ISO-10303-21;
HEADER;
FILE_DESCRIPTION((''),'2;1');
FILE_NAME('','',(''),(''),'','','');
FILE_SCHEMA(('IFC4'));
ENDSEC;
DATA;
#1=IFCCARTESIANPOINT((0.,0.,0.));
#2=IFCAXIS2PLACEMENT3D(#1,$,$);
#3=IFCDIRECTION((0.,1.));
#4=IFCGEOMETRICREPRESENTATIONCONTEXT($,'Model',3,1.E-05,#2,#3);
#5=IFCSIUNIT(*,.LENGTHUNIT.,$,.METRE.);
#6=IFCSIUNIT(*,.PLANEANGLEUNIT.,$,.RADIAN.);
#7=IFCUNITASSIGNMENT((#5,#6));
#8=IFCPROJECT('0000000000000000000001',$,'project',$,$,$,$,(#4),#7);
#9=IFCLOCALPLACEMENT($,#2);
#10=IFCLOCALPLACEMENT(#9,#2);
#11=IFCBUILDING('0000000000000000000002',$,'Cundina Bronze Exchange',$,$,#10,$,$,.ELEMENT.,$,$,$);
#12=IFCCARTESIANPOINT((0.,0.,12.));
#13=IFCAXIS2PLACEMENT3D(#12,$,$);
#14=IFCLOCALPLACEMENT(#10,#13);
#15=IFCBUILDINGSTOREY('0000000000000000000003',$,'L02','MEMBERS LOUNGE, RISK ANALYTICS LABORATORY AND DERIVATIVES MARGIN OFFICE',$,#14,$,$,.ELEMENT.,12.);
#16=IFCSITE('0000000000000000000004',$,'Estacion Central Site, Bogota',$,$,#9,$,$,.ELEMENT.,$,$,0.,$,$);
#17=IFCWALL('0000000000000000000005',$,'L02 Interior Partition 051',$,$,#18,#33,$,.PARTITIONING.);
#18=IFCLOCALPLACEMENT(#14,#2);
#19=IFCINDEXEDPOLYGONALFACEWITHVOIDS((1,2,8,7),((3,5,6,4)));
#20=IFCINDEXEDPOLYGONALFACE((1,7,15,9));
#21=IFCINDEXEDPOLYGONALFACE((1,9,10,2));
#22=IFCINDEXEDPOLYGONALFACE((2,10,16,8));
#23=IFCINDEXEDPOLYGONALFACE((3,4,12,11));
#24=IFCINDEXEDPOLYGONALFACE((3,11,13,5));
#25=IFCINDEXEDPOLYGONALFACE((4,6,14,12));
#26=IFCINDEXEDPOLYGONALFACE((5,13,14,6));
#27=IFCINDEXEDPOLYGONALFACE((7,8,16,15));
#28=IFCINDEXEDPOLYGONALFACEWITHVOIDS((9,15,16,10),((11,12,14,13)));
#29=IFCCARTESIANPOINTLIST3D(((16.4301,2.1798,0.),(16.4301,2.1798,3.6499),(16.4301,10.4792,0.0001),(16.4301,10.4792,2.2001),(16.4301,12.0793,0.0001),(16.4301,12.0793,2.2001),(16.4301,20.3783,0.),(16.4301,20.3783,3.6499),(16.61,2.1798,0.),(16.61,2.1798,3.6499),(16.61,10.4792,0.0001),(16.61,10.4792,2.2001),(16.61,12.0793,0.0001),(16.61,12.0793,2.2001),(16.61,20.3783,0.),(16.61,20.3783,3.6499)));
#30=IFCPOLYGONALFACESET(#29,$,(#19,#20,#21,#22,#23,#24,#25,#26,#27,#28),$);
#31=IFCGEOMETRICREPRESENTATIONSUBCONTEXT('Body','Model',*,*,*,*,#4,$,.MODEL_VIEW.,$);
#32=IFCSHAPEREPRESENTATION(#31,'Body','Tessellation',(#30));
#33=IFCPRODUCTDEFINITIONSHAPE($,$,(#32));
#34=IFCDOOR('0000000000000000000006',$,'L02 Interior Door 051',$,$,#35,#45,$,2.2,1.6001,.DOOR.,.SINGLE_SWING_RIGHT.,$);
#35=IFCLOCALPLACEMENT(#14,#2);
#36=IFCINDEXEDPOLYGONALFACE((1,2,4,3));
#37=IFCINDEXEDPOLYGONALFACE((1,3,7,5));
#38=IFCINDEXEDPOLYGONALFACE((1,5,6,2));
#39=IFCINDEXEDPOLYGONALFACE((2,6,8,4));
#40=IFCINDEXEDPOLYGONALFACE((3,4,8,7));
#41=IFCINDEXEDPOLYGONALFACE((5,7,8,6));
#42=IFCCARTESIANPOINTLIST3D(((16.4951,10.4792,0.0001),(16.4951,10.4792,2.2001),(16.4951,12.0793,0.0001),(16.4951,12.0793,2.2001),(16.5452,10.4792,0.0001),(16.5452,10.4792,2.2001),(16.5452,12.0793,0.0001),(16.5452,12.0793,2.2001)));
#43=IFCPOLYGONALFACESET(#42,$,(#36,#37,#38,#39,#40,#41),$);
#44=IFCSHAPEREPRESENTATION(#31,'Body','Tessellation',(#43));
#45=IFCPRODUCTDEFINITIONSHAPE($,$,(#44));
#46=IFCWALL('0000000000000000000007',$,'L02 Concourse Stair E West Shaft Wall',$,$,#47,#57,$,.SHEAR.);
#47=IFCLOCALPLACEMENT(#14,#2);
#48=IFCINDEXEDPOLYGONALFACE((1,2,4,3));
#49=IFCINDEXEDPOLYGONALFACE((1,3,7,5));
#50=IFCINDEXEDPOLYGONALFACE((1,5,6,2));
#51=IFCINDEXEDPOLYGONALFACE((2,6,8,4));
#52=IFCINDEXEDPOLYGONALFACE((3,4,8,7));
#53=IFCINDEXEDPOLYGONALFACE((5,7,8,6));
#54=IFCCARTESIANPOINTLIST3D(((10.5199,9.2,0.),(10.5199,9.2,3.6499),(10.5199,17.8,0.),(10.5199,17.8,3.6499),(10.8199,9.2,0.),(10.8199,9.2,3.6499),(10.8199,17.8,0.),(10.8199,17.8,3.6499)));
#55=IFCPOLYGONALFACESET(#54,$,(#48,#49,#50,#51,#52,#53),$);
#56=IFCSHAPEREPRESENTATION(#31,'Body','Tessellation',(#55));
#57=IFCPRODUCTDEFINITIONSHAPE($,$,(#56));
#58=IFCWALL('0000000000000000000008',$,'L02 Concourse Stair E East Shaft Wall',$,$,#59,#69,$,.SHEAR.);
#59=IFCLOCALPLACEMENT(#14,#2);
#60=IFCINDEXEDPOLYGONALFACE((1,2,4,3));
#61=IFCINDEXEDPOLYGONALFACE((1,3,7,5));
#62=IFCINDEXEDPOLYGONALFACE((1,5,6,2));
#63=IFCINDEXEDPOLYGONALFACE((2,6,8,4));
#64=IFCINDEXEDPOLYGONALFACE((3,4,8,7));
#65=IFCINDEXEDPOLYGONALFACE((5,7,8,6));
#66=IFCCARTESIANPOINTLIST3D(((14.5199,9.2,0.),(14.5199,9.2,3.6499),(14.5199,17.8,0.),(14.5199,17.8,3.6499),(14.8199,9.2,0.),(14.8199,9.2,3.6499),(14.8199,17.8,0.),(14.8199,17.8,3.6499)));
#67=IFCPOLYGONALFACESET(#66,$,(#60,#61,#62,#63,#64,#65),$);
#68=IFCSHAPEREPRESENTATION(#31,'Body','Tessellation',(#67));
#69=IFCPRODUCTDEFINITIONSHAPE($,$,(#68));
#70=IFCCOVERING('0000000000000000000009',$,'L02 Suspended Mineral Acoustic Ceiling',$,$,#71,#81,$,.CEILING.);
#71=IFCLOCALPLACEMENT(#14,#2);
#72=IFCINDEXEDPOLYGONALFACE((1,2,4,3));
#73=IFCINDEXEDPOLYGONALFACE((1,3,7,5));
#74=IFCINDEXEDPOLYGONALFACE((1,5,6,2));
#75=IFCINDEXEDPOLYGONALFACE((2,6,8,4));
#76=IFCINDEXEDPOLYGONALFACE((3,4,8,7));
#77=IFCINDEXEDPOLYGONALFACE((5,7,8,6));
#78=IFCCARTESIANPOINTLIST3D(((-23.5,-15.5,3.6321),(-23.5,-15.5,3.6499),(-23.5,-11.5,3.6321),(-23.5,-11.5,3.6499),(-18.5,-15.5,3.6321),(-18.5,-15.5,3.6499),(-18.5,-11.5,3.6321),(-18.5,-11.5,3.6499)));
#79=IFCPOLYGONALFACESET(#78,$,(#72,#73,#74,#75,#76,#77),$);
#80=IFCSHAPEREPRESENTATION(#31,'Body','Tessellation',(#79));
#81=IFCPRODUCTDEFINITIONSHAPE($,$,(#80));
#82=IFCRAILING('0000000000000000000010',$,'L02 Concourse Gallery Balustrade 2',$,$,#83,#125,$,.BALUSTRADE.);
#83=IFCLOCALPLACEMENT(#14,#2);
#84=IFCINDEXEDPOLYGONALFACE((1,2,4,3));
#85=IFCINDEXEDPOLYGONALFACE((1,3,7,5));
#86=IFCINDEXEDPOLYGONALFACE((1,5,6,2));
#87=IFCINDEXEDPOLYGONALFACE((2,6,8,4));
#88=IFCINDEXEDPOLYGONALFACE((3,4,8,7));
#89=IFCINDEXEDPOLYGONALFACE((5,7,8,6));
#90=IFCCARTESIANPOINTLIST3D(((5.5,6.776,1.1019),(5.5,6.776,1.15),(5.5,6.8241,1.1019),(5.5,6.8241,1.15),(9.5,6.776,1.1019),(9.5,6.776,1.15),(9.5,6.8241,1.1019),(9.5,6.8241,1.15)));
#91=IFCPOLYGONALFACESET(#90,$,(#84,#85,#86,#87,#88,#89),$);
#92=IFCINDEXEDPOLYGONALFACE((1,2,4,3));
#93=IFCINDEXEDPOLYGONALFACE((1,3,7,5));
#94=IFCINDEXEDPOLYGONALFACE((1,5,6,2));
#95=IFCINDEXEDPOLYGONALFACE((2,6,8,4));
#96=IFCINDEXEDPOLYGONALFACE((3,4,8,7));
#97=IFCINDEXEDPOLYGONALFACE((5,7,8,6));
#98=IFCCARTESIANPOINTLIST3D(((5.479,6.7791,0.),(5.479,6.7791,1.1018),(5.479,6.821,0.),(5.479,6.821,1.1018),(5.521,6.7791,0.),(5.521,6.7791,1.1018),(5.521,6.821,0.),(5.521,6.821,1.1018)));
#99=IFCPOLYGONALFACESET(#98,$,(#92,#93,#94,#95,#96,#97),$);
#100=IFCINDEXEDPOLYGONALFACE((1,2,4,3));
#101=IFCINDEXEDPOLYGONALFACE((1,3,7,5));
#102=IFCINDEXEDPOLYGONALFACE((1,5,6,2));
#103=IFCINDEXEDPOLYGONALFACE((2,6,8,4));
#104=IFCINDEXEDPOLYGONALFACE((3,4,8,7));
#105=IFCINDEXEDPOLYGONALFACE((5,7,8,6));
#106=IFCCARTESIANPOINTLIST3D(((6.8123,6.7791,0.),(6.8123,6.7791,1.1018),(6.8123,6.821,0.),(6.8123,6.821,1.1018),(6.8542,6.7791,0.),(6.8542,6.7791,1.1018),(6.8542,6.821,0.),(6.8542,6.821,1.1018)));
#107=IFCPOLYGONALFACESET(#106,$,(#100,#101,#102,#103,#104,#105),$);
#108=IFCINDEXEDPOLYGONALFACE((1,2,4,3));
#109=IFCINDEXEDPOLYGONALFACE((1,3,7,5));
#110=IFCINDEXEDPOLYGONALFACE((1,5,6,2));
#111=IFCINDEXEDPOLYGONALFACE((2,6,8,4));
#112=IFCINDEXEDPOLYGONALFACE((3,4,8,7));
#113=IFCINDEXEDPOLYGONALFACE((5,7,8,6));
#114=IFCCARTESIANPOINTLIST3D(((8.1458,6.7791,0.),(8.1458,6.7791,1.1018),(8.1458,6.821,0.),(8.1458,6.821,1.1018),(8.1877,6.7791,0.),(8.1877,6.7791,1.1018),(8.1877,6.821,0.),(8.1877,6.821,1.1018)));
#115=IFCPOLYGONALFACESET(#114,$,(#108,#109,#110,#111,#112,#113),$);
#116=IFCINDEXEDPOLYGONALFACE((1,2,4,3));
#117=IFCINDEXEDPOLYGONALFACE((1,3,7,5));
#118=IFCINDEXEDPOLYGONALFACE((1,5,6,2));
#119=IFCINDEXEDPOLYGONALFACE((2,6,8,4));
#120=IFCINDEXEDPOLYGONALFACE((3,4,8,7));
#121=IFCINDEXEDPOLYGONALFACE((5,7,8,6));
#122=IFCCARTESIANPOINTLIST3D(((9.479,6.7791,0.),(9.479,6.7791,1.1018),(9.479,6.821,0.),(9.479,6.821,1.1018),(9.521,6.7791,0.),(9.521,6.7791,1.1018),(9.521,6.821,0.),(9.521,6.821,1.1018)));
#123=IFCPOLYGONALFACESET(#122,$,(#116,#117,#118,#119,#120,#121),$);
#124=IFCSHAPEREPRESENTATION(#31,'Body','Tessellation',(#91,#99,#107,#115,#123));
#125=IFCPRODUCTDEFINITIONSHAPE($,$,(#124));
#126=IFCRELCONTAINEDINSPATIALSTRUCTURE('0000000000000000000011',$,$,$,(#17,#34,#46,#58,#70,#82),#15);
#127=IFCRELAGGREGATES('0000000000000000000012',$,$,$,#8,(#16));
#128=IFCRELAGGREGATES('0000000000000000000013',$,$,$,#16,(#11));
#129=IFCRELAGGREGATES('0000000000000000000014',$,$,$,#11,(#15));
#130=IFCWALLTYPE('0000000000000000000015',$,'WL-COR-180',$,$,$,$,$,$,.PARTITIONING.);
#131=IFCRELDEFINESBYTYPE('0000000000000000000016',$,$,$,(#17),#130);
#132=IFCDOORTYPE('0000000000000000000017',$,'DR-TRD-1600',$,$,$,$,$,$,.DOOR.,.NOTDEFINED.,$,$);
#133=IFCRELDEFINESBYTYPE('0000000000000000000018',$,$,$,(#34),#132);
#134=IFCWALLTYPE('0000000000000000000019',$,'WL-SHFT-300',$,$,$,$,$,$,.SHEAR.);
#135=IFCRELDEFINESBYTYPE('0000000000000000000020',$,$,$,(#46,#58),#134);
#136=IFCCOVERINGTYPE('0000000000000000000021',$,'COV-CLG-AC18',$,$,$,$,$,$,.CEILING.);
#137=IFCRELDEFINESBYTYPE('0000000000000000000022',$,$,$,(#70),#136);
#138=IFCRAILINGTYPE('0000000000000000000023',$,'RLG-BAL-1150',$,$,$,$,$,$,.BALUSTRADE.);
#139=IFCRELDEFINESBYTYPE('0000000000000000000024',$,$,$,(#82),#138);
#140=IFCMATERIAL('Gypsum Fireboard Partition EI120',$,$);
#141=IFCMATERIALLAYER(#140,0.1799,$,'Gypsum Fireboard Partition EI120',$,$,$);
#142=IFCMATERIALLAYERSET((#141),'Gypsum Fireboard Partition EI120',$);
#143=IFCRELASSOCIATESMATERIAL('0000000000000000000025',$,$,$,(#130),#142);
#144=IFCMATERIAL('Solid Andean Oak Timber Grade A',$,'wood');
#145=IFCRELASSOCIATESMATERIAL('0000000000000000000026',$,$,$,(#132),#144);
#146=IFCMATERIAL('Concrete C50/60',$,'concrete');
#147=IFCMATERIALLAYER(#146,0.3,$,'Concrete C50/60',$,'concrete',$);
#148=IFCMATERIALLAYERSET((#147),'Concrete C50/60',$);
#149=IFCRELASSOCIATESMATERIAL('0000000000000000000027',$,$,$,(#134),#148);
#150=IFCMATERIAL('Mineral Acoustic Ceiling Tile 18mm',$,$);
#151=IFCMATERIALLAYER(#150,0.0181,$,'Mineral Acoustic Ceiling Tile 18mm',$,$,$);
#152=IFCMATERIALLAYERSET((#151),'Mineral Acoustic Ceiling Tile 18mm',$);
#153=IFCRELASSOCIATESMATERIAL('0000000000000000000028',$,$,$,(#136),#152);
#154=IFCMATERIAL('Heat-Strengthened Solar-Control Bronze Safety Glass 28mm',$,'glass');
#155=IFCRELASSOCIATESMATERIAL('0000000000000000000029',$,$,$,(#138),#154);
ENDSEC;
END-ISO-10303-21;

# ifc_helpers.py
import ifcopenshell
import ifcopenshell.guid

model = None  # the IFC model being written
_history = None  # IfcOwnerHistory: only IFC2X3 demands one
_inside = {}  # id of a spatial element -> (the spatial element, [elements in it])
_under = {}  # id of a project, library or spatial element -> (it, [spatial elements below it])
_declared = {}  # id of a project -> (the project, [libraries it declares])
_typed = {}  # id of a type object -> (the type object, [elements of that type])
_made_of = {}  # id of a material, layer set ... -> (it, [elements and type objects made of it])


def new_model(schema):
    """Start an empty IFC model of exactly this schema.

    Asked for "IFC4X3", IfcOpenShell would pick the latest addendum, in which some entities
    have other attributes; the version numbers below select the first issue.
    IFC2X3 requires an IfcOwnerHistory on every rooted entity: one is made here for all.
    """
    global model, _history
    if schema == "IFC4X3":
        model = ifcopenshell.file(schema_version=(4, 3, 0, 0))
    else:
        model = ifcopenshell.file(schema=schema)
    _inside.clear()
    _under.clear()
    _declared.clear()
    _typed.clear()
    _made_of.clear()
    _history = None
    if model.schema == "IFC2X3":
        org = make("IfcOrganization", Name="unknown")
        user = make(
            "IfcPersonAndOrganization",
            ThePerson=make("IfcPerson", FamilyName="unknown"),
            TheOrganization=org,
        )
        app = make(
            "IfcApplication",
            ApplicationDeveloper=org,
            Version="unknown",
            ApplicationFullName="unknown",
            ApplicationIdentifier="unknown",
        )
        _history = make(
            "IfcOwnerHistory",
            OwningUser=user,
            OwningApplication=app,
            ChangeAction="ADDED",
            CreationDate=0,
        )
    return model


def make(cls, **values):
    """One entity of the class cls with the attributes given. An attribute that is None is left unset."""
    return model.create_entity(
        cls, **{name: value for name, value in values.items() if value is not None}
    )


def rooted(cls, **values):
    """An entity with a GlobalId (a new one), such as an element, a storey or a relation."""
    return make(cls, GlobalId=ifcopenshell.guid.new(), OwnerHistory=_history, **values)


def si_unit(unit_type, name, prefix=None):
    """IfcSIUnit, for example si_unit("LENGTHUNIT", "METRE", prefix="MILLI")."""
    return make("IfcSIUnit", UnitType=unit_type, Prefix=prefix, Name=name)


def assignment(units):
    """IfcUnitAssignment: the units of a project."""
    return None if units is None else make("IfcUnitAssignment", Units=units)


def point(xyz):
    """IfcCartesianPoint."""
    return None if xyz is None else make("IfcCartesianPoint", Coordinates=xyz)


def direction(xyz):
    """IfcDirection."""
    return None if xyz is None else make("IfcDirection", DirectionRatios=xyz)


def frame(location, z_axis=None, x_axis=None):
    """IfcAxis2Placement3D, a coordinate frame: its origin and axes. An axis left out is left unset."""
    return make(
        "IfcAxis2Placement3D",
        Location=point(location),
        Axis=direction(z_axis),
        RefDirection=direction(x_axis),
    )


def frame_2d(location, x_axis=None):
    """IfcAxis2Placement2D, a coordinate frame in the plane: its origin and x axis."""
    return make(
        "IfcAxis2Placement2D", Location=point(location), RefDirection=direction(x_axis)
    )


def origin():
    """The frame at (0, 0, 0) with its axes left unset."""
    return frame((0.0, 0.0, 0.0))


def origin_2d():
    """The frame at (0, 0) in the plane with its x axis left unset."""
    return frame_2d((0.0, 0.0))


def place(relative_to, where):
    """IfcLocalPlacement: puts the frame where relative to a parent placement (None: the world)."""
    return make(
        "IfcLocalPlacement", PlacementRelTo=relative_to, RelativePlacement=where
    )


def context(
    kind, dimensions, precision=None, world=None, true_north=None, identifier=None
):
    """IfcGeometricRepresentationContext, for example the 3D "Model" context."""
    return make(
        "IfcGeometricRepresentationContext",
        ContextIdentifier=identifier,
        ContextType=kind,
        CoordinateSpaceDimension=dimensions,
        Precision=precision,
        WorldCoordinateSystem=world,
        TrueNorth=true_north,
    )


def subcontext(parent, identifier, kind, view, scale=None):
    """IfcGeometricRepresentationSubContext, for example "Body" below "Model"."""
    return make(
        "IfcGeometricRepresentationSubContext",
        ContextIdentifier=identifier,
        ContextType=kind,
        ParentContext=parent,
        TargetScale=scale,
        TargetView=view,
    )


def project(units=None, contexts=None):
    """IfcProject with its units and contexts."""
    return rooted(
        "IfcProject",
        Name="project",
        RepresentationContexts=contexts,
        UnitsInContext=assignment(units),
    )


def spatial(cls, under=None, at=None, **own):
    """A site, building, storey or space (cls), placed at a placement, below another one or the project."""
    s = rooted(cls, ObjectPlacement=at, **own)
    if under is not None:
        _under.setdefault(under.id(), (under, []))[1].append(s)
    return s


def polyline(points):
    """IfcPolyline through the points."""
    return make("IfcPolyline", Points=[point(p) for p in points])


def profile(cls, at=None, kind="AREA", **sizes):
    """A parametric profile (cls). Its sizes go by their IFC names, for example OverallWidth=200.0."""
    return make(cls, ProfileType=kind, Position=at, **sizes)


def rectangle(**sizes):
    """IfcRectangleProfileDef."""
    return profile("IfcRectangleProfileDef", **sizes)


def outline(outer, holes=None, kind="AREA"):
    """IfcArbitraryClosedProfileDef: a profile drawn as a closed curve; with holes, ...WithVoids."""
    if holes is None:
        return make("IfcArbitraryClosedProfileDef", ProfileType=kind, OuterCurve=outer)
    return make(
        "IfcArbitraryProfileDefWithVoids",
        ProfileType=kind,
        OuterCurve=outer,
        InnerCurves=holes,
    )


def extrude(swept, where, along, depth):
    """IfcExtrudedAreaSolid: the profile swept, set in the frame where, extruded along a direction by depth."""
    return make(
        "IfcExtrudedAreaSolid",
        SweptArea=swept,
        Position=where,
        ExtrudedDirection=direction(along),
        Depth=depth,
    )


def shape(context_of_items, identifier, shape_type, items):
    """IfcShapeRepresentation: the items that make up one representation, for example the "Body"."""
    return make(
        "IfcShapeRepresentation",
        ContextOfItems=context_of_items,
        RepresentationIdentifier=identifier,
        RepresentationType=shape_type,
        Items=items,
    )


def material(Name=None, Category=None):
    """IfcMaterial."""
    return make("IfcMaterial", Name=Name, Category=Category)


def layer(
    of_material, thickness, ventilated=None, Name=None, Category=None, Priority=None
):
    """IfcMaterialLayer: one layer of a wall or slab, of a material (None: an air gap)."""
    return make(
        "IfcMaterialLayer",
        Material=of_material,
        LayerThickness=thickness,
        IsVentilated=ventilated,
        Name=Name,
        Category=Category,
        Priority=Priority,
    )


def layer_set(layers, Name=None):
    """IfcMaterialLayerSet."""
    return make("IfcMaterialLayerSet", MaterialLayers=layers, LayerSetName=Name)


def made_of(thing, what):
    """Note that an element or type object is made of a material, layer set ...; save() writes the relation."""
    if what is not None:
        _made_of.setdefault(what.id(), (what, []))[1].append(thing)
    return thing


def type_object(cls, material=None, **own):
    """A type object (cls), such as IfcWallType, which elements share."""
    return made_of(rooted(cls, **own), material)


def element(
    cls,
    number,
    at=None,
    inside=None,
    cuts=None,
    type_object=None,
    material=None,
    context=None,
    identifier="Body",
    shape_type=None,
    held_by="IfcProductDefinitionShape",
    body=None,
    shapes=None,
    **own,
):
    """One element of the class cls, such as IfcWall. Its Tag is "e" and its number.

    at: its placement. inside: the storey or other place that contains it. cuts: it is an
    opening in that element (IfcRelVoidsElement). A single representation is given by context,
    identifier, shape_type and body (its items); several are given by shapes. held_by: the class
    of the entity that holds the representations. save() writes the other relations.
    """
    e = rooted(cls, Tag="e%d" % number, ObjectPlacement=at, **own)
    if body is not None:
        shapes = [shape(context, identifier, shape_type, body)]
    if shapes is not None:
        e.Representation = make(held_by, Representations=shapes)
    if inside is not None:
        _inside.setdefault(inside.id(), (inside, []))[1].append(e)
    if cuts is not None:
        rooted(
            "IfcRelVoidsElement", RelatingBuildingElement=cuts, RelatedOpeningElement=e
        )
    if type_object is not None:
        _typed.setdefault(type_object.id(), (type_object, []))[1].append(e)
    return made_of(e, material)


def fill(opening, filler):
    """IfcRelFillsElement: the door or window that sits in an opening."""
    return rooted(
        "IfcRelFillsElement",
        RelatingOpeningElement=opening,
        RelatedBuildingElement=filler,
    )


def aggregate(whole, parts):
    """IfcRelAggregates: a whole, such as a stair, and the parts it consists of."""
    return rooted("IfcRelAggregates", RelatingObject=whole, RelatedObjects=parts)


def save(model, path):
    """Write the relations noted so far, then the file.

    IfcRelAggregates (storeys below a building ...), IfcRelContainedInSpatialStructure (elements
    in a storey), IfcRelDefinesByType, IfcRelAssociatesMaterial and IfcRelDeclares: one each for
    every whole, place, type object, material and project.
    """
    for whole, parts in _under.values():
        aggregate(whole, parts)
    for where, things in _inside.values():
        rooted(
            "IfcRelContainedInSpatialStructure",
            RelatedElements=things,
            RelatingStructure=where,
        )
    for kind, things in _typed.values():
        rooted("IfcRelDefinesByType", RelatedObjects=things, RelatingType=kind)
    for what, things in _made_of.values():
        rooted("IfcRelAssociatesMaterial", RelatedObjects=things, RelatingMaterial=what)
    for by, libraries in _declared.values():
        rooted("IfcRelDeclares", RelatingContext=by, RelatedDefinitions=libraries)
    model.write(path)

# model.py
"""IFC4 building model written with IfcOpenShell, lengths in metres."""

from ifc_helpers import new_model, si_unit, direction, frame, frame_2d, origin, origin_2d, place, context, subcontext, project, spatial, polyline, rectangle, outline, extrude, material, layer, layer_set, type_object, element, fill, save


model = new_model("IFC4")

# Units and contexts
model_context = context("Model", 3, precision=1e-05, world=origin(), true_north=direction((0.0, 1.0)))
body_context = subcontext(model_context, "Body", "Model", "MODEL_VIEW")
ifc_project = project(units=[si_unit("LENGTHUNIT", "METRE"), si_unit("PLANEANGLEUNIT", "RADIAN")], contexts=[model_context])

# Site, building, storey
site_placement = place(None, origin())
site = spatial("IfcSite", under=ifc_project, at=site_placement, Name="Estacion Central Site, Bogota", CompositionType="ELEMENT", RefElevation=0.0)
building_placement = place(site_placement, origin())
building = spatial("IfcBuilding", under=site, at=building_placement, Name="Cundina Bronze Exchange", CompositionType="ELEMENT")
storey_placement = place(building_placement, frame((0.0, 0.0, 12.0)))
storey = spatial("IfcBuildingStorey", under=building, at=storey_placement, Name="L02", Description="MEMBERS LOUNGE, RISK ANALYTICS LABORATORY AND DERIVATIVES MARGIN OFFICE", CompositionType="ELEMENT", Elevation=12.0)

# Shared definitions
ifc_material_1 = material(Name="Gypsum Fireboard Partition EI120")
ifc_layer_1 = layer(ifc_material_1, 0.1799, Name="Gypsum Fireboard Partition EI120")
ifc_layer_set_1 = layer_set([ifc_layer_1], Name="Gypsum Fireboard Partition EI120")
wall_type_1 = type_object("IfcWallType", Name="WL-COR-180", PredefinedType="PARTITIONING", material=ifc_layer_set_1)

# Shared definitions
ifc_material_2 = material(Name="Solid Andean Oak Timber Grade A", Category="wood")

# Wall, opening, door
wall_1_placement = place(storey_placement, frame((16.52, 2.1799, 0.0), z_axis=(0.0, 0.0, 1.0), x_axis=(0.0, 1.0, 0.0)))
wall_1 = element("IfcWall", 1, at=wall_1_placement, inside=storey, type_object=wall_type_1, Name="L02 Interior Partition 051", PredefinedType="PARTITIONING", context=body_context, shape_type="SweptSolid", body=[
    extrude(rectangle(XDim=18.1985, YDim=0.1799, at=frame_2d((9.0991, 0.0))), origin(), (0.0, 0.0, 1.0), 3.6499),
])
opening_1_placement = place(wall_1_placement, frame((8.2993, 0.0, 0.0)))
opening_1 = element("IfcOpeningElement", 2, at=opening_1_placement, cuts=wall_1, PredefinedType="OPENING", context=body_context, shape_type="SweptSolid", body=[
    extrude(rectangle(XDim=1.6001, YDim=2.2, at=frame_2d((0.8, 1.1001))), frame((0.0, 0.0999, 0.0), z_axis=(0.0, -1.0, 0.0), x_axis=(1.0, 0.0, 0.0)), (0.0, 0.0, 1.0), 0.2),
])
door_type_1 = type_object("IfcDoorType", Name="DR-TRD-1600", OperationType="NOTDEFINED", PredefinedType="DOOR", material=ifc_material_2)
door_1_placement = place(opening_1_placement, origin())
door_1 = element("IfcDoor", 3, at=door_1_placement, inside=storey, type_object=door_type_1, Name="L02 Interior Door 051", OperationType="SINGLE_SWING_RIGHT", OverallHeight=2.2, OverallWidth=1.6001, PredefinedType="DOOR", context=body_context, shape_type="SweptSolid", body=[
    extrude(rectangle(XDim=1.6001, YDim=2.2, at=frame_2d((0.8, 1.1001))), frame((0.0, 0.0249, 0.0), z_axis=(0.0, -1.0, 0.0), x_axis=(1.0, 0.0, 0.0)), (0.0, 0.0, 1.0), 0.05),
])
fill(opening_1, door_1)

# Walls
ifc_material_3 = material(Name="Concrete C50/60", Category="concrete")
ifc_layer_2 = layer(ifc_material_3, 0.3, Name="Concrete C50/60", Category="concrete")
ifc_layer_set_2 = layer_set([ifc_layer_2], Name="Concrete C50/60")
wall_type_2 = type_object("IfcWallType", Name="WL-SHFT-300", PredefinedType="SHEAR", material=ifc_layer_set_2)
for number, where, z_axis, x_axis, name in (
    (4, (10.6699, 9.2, 0.0), (0.0, 0.0, 1.0), (0.0, 1.0, 0.0), "L02 Concourse Stair E West Shaft Wall"),
    (5, (14.6699, 9.2, 0.0), (0.0, 0.0, 1.0), (0.0, 1.0, 0.0), "L02 Concourse Stair E East Shaft Wall"),
):
    element("IfcWall", number, at=place(storey_placement, frame(where, z_axis=z_axis, x_axis=x_axis)), inside=storey, type_object=wall_type_2, Name=name, PredefinedType="SHEAR", context=body_context, shape_type="SweptSolid", body=[
        extrude(rectangle(XDim=8.6001, YDim=0.3, at=frame_2d((4.3, 0.0))), origin(), (0.0, 0.0, 1.0), 3.6499),
    ])

# Covering
ifc_material_4 = material(Name="Mineral Acoustic Ceiling Tile 18mm")
ifc_layer_3 = layer(ifc_material_4, 0.0181, Name="Mineral Acoustic Ceiling Tile 18mm")
ifc_layer_set_3 = layer_set([ifc_layer_3], Name="Mineral Acoustic Ceiling Tile 18mm")
covering_type = type_object("IfcCoveringType", Name="COV-CLG-AC18", PredefinedType="CEILING", material=ifc_layer_set_3)
covering_placement = place(storey_placement, frame((0.0, 0.0, 3.6321)))
element("IfcCovering", 6, at=covering_placement, inside=storey, type_object=covering_type, Name="L02 Suspended Mineral Acoustic Ceiling", PredefinedType="CEILING", context=body_context, shape_type="SweptSolid", body=[
    extrude(outline(polyline([(-23.5, -15.5), (-18.5, -15.5), (-18.5, -11.5), (-23.5, -11.5), (-23.5, -15.5)])), origin(), (0.0, 0.0, 1.0), 0.0178),
])

# Railing
ifc_material_5 = material(Name="Heat-Strengthened Solar-Control Bronze Safety Glass 28mm", Category="glass")
railing_type = type_object("IfcRailingType", Name="RLG-BAL-1150", PredefinedType="BALUSTRADE", material=ifc_material_5)
railing_placement = place(storey_placement, frame((5.5, 6.8, 0.0)))
element("IfcRailing", 7, at=railing_placement, inside=storey, type_object=railing_type, Name="L02 Concourse Gallery Balustrade 2", PredefinedType="BALUSTRADE", context=body_context, shape_type="SweptSolid", body=[
    extrude(rectangle(XDim=0.0481, YDim=0.0481, at=origin_2d()), frame((0.0, 0.0, 1.126), z_axis=(1.0, 0.0, 0.0), x_axis=(0.0, 1.0, 0.0)), (0.0, 0.0, 1.0), 4.0),
    extrude(rectangle(XDim=0.042, YDim=0.042, at=origin_2d()), origin(), (0.0, 0.0, 1.0), 1.1018),
    extrude(rectangle(XDim=0.042, YDim=0.042, at=origin_2d()), frame((1.3333, 0.0, 0.0)), (0.0, 0.0, 1.0), 1.1018),
    extrude(rectangle(XDim=0.042, YDim=0.042, at=origin_2d()), frame((2.6667, 0.0, 0.0)), (0.0, 0.0, 1.0), 1.1018),
    extrude(rectangle(XDim=0.042, YDim=0.042, at=origin_2d()), frame((4.0, 0.0, 0.0)), (0.0, 0.0, 1.0), 1.1018),
])

save(model, "model.ifc")
